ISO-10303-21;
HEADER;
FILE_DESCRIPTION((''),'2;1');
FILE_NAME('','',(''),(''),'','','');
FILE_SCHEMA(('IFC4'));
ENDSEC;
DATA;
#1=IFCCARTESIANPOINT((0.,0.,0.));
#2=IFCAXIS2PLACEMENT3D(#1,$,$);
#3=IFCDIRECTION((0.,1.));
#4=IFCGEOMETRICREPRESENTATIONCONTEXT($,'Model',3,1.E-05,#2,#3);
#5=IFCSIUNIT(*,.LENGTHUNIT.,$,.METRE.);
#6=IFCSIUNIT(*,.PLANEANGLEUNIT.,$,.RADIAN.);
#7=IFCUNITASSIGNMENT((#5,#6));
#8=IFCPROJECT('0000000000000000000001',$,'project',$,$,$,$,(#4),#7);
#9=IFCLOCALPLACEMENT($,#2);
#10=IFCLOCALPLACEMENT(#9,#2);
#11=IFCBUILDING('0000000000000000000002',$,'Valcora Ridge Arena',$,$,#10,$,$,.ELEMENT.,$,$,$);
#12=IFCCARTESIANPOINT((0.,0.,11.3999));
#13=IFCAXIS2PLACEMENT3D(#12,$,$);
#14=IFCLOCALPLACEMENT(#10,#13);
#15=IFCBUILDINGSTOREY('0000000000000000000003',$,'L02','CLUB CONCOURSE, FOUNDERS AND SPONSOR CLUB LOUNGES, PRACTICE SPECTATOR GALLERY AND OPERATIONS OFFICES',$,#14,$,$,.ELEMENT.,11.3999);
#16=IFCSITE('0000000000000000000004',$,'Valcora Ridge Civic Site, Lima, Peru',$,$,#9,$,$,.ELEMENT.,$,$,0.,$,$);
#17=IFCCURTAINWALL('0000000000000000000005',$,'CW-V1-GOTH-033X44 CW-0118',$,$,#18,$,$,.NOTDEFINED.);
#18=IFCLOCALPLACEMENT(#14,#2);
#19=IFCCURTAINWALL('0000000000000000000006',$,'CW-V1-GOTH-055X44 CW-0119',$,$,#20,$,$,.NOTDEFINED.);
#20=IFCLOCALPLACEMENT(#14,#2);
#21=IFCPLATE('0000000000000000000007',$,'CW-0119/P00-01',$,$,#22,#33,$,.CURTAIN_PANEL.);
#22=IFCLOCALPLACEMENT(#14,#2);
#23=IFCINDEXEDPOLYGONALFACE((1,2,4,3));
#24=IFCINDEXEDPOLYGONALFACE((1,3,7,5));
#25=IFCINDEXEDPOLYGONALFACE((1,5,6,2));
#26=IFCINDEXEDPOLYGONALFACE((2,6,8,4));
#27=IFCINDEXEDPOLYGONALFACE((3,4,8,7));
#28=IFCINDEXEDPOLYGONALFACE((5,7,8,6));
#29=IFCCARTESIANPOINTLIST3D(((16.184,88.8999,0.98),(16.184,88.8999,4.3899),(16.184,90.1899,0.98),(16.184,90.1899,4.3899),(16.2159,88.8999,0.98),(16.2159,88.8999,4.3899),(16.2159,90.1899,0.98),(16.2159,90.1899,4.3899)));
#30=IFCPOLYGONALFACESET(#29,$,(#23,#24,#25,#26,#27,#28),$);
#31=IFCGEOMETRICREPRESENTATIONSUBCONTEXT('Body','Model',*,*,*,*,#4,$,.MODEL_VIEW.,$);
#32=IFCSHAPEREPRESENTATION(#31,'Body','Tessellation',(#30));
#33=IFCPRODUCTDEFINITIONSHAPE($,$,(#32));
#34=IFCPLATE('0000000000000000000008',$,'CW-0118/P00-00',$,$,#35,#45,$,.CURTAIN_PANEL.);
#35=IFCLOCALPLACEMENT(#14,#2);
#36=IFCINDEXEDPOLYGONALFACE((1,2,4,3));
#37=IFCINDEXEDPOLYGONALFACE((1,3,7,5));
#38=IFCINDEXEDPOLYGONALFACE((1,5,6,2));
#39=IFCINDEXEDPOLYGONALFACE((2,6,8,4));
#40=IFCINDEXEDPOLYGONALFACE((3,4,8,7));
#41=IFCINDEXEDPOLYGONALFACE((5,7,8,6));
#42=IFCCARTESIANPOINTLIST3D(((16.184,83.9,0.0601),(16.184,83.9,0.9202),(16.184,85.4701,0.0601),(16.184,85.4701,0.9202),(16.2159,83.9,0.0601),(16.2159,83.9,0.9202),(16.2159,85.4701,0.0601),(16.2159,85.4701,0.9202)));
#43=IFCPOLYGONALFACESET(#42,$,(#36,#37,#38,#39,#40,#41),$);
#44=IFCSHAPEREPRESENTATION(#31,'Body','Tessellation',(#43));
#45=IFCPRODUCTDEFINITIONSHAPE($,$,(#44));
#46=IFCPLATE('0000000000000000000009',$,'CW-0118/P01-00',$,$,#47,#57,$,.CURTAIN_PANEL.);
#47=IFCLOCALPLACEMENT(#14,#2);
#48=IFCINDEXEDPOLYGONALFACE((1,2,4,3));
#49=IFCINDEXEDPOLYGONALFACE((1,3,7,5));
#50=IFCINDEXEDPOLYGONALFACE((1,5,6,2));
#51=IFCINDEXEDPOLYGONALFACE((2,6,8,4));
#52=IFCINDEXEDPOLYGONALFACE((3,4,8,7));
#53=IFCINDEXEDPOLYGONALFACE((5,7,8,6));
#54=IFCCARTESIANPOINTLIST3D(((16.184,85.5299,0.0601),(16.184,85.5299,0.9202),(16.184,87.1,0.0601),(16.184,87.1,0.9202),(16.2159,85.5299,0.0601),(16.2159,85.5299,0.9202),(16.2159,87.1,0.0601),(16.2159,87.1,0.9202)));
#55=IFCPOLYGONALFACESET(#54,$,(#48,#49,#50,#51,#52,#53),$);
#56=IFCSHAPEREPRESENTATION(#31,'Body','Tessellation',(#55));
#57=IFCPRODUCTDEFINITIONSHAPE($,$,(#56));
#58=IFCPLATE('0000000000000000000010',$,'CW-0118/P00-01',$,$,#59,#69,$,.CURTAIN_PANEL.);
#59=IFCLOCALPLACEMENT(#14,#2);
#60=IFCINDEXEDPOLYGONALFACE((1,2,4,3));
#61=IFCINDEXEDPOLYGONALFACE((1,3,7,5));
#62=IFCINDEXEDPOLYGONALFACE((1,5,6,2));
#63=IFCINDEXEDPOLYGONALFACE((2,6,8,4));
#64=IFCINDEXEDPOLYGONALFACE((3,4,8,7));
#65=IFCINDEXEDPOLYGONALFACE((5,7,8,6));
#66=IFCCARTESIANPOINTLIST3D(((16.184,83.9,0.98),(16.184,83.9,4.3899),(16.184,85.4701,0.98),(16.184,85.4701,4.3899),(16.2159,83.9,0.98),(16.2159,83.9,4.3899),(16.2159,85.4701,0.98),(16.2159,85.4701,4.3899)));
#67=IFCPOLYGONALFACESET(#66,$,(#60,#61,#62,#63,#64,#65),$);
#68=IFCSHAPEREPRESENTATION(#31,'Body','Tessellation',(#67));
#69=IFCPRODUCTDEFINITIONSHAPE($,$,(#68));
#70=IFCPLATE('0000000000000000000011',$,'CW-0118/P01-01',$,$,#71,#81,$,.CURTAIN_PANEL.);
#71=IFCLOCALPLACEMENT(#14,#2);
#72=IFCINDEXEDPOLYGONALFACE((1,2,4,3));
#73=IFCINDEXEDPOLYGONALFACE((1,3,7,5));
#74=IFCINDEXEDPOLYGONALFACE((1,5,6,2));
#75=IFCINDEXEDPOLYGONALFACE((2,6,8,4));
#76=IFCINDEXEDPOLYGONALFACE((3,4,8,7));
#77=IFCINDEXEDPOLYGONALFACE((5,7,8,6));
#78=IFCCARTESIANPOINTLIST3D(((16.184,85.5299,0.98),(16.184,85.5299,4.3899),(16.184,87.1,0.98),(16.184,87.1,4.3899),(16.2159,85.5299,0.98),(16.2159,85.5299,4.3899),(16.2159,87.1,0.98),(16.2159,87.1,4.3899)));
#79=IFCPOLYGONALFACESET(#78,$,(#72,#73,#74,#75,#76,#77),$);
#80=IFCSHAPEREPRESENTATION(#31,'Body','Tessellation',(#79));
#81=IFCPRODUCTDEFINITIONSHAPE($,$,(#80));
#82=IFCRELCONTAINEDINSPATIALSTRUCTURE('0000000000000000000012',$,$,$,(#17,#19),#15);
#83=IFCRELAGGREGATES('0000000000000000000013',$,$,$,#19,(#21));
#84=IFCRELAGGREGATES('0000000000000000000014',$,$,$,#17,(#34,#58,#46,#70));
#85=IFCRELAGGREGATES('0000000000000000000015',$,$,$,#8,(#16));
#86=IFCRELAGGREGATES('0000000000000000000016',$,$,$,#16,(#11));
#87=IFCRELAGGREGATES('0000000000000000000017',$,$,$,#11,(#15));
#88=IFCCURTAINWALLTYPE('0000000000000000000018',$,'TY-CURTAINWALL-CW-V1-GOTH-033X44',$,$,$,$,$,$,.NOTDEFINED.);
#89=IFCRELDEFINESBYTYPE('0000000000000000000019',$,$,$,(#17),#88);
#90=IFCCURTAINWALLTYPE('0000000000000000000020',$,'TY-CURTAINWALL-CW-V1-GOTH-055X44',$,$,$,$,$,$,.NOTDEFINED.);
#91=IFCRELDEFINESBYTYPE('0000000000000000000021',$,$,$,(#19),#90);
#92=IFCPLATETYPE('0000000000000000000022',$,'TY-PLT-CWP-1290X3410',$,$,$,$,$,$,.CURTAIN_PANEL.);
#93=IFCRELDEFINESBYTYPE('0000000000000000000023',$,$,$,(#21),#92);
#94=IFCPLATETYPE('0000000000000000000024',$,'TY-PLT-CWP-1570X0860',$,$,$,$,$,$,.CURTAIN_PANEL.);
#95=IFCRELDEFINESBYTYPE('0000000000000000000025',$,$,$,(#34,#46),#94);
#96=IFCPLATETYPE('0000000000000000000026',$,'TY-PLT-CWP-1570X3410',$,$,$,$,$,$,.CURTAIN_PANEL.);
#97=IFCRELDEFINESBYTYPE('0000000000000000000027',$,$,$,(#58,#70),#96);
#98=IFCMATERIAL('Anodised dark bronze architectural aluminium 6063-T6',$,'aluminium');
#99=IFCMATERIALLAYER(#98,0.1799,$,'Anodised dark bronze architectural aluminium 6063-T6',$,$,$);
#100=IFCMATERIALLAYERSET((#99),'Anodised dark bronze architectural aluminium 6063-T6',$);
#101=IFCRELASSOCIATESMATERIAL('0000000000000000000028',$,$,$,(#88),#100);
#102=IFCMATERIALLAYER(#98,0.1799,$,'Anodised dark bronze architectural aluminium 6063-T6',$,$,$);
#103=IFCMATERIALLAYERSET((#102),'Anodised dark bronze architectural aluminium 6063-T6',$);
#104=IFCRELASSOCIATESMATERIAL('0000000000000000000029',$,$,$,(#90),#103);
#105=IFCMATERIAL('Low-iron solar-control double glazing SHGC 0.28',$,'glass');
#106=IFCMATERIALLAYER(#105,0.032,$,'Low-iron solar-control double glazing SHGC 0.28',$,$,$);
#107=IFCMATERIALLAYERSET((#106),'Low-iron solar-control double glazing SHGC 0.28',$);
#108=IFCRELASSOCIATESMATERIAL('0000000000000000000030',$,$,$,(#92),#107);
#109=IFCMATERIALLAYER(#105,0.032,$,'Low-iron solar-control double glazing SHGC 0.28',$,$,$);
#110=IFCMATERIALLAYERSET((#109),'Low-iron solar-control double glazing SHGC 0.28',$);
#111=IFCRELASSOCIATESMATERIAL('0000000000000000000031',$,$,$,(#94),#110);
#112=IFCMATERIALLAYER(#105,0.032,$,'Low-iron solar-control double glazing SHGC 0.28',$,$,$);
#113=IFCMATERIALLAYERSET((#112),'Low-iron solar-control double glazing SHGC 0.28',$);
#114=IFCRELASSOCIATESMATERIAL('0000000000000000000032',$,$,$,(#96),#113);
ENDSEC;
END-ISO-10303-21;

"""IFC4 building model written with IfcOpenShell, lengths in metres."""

from ifc_helpers import new_model, si_unit, direction, frame, origin, origin_2d, place, context, subcontext, project, spatial, rectangle, extrude, material, layer, layer_set, type_object, element, aggregate, save


model = new_model("IFC4")

# Units and contexts
model_context = context("Model", 3, precision=1e-05, world=origin(), true_north=direction((0.0, 1.0)))
body_context = subcontext(model_context, "Body", "Model", "MODEL_VIEW")
ifc_project = project(units=[si_unit("LENGTHUNIT", "METRE"), si_unit("PLANEANGLEUNIT", "RADIAN")], contexts=[model_context])

# Site, building, storey
site_placement = place(None, origin())
site = spatial("IfcSite", under=ifc_project, at=site_placement, Name="Valcora Ridge Civic Site, Lima, Peru", CompositionType="ELEMENT", RefElevation=0.0)
building_placement = place(site_placement, origin())
building = spatial("IfcBuilding", under=site, at=building_placement, Name="Valcora Ridge Arena", CompositionType="ELEMENT")
storey_placement = place(building_placement, frame((0.0, 0.0, 11.3999)))
storey = spatial("IfcBuildingStorey", under=building, at=storey_placement, Name="L02", Description="CLUB CONCOURSE, FOUNDERS AND SPONSOR CLUB LOUNGES, PRACTICE SPECTATOR GALLERY AND OPERATIONS OFFICES", CompositionType="ELEMENT", Elevation=11.3999)

# Curtain walls
ifc_material_1 = material(Name="Anodised dark bronze architectural aluminium 6063-T6", Category="aluminium")
ifc_layer_1 = layer(ifc_material_1, 0.1799, Name="Anodised dark bronze architectural aluminium 6063-T6")
ifc_layer_set_1 = layer_set([ifc_layer_1], Name="Anodised dark bronze architectural aluminium 6063-T6")
curtain_wall_type_1 = type_object("IfcCurtainWallType", Name="TY-CURTAINWALL-CW-V1-GOTH-033X44", PredefinedType="NOTDEFINED", material=ifc_layer_set_1)
curtain_wall_1_placement = place(storey_placement, origin())
curtain_wall_1 = element("IfcCurtainWall", 1, at=curtain_wall_1_placement, inside=storey, type_object=curtain_wall_type_1, Name="CW-V1-GOTH-033X44 CW-0118", PredefinedType="NOTDEFINED")
ifc_layer_2 = layer(ifc_material_1, 0.1799, Name="Anodised dark bronze architectural aluminium 6063-T6")
ifc_layer_set_2 = layer_set([ifc_layer_2], Name="Anodised dark bronze architectural aluminium 6063-T6")
curtain_wall_type_2 = type_object("IfcCurtainWallType", Name="TY-CURTAINWALL-CW-V1-GOTH-055X44", PredefinedType="NOTDEFINED", material=ifc_layer_set_2)
curtain_wall_2_placement = place(storey_placement, origin())
curtain_wall_2 = element("IfcCurtainWall", 2, at=curtain_wall_2_placement, inside=storey, type_object=curtain_wall_type_2, Name="CW-V1-GOTH-055X44 CW-0119", PredefinedType="NOTDEFINED")

# Plates
ifc_material_2 = material(Name="Low-iron solar-control double glazing SHGC 0.28", Category="glass")
ifc_layer_3 = layer(ifc_material_2, 0.032, Name="Low-iron solar-control double glazing SHGC 0.28")
ifc_layer_set_3 = layer_set([ifc_layer_3], Name="Low-iron solar-control double glazing SHGC 0.28")
plate_type_1 = type_object("IfcPlateType", Name="TY-PLT-CWP-1290X3410", PredefinedType="CURTAIN_PANEL", material=ifc_layer_set_3)
plate_1_placement = place(storey_placement, frame((16.2, 89.5449, 0.98), z_axis=(0.0, 0.0, 1.0), x_axis=(0.0, 1.0, 0.0)))
plate_1 = element("IfcPlate", 3, at=plate_1_placement, type_object=plate_type_1, Name="CW-0119/P00-01", PredefinedType="CURTAIN_PANEL", context=body_context, shape_type="SweptSolid", body=[
    extrude(rectangle(XDim=1.29, YDim=0.032, at=origin_2d()), origin(), (0.0, 0.0, 1.0), 3.4099),
])
aggregate(curtain_wall_2, [plate_1])
ifc_layer_4 = layer(ifc_material_2, 0.032, Name="Low-iron solar-control double glazing SHGC 0.28")
ifc_layer_set_4 = layer_set([ifc_layer_4], Name="Low-iron solar-control double glazing SHGC 0.28")
plate_type_2 = type_object("IfcPlateType", Name="TY-PLT-CWP-1570X0860", PredefinedType="CURTAIN_PANEL", material=ifc_layer_set_4)
plate_2_placement = place(storey_placement, frame((16.2, 84.6851, 0.0601), z_axis=(0.0, 0.0, 1.0), x_axis=(0.0, 1.0, 0.0)))
plate_2 = element("IfcPlate", 4, at=plate_2_placement, type_object=plate_type_2, Name="CW-0118/P00-00", PredefinedType="CURTAIN_PANEL", context=body_context, shape_type="SweptSolid", body=[
    extrude(rectangle(XDim=1.5701, YDim=0.032, at=origin_2d()), origin(), (0.0, 0.0, 1.0), 0.8601),
])
plate_3_placement = place(storey_placement, frame((16.2, 86.3149, 0.0601), z_axis=(0.0, 0.0, 1.0), x_axis=(0.0, 1.0, 0.0)))
plate_3 = element("IfcPlate", 5, at=plate_3_placement, type_object=plate_type_2, Name="CW-0118/P01-00", PredefinedType="CURTAIN_PANEL", context=body_context, shape_type="SweptSolid", body=[
    extrude(rectangle(XDim=1.5701, YDim=0.032, at=origin_2d()), origin(), (0.0, 0.0, 1.0), 0.8601),
])
ifc_layer_5 = layer(ifc_material_2, 0.032, Name="Low-iron solar-control double glazing SHGC 0.28")
ifc_layer_set_5 = layer_set([ifc_layer_5], Name="Low-iron solar-control double glazing SHGC 0.28")
plate_type_3 = type_object("IfcPlateType", Name="TY-PLT-CWP-1570X3410", PredefinedType="CURTAIN_PANEL", material=ifc_layer_set_5)
plate_4_placement = place(storey_placement, frame((16.2, 84.6851, 0.98), z_axis=(0.0, 0.0, 1.0), x_axis=(0.0, 1.0, 0.0)))
plate_4 = element("IfcPlate", 6, at=plate_4_placement, type_object=plate_type_3, Name="CW-0118/P00-01", PredefinedType="CURTAIN_PANEL", context=body_context, shape_type="SweptSolid", body=[
    extrude(rectangle(XDim=1.5701, YDim=0.032, at=origin_2d()), origin(), (0.0, 0.0, 1.0), 3.4099),
])
plate_5_placement = place(storey_placement, frame((16.2, 86.3149, 0.98), z_axis=(0.0, 0.0, 1.0), x_axis=(0.0, 1.0, 0.0)))
plate_5 = element("IfcPlate", 7, at=plate_5_placement, type_object=plate_type_3, Name="CW-0118/P01-01", PredefinedType="CURTAIN_PANEL", context=body_context, shape_type="SweptSolid", body=[
    extrude(rectangle(XDim=1.5701, YDim=0.032, at=origin_2d()), origin(), (0.0, 0.0, 1.0), 3.4099),
])
aggregate(curtain_wall_1, [plate_2, plate_4, plate_3, plate_5])

save(model, "model.ifc")
